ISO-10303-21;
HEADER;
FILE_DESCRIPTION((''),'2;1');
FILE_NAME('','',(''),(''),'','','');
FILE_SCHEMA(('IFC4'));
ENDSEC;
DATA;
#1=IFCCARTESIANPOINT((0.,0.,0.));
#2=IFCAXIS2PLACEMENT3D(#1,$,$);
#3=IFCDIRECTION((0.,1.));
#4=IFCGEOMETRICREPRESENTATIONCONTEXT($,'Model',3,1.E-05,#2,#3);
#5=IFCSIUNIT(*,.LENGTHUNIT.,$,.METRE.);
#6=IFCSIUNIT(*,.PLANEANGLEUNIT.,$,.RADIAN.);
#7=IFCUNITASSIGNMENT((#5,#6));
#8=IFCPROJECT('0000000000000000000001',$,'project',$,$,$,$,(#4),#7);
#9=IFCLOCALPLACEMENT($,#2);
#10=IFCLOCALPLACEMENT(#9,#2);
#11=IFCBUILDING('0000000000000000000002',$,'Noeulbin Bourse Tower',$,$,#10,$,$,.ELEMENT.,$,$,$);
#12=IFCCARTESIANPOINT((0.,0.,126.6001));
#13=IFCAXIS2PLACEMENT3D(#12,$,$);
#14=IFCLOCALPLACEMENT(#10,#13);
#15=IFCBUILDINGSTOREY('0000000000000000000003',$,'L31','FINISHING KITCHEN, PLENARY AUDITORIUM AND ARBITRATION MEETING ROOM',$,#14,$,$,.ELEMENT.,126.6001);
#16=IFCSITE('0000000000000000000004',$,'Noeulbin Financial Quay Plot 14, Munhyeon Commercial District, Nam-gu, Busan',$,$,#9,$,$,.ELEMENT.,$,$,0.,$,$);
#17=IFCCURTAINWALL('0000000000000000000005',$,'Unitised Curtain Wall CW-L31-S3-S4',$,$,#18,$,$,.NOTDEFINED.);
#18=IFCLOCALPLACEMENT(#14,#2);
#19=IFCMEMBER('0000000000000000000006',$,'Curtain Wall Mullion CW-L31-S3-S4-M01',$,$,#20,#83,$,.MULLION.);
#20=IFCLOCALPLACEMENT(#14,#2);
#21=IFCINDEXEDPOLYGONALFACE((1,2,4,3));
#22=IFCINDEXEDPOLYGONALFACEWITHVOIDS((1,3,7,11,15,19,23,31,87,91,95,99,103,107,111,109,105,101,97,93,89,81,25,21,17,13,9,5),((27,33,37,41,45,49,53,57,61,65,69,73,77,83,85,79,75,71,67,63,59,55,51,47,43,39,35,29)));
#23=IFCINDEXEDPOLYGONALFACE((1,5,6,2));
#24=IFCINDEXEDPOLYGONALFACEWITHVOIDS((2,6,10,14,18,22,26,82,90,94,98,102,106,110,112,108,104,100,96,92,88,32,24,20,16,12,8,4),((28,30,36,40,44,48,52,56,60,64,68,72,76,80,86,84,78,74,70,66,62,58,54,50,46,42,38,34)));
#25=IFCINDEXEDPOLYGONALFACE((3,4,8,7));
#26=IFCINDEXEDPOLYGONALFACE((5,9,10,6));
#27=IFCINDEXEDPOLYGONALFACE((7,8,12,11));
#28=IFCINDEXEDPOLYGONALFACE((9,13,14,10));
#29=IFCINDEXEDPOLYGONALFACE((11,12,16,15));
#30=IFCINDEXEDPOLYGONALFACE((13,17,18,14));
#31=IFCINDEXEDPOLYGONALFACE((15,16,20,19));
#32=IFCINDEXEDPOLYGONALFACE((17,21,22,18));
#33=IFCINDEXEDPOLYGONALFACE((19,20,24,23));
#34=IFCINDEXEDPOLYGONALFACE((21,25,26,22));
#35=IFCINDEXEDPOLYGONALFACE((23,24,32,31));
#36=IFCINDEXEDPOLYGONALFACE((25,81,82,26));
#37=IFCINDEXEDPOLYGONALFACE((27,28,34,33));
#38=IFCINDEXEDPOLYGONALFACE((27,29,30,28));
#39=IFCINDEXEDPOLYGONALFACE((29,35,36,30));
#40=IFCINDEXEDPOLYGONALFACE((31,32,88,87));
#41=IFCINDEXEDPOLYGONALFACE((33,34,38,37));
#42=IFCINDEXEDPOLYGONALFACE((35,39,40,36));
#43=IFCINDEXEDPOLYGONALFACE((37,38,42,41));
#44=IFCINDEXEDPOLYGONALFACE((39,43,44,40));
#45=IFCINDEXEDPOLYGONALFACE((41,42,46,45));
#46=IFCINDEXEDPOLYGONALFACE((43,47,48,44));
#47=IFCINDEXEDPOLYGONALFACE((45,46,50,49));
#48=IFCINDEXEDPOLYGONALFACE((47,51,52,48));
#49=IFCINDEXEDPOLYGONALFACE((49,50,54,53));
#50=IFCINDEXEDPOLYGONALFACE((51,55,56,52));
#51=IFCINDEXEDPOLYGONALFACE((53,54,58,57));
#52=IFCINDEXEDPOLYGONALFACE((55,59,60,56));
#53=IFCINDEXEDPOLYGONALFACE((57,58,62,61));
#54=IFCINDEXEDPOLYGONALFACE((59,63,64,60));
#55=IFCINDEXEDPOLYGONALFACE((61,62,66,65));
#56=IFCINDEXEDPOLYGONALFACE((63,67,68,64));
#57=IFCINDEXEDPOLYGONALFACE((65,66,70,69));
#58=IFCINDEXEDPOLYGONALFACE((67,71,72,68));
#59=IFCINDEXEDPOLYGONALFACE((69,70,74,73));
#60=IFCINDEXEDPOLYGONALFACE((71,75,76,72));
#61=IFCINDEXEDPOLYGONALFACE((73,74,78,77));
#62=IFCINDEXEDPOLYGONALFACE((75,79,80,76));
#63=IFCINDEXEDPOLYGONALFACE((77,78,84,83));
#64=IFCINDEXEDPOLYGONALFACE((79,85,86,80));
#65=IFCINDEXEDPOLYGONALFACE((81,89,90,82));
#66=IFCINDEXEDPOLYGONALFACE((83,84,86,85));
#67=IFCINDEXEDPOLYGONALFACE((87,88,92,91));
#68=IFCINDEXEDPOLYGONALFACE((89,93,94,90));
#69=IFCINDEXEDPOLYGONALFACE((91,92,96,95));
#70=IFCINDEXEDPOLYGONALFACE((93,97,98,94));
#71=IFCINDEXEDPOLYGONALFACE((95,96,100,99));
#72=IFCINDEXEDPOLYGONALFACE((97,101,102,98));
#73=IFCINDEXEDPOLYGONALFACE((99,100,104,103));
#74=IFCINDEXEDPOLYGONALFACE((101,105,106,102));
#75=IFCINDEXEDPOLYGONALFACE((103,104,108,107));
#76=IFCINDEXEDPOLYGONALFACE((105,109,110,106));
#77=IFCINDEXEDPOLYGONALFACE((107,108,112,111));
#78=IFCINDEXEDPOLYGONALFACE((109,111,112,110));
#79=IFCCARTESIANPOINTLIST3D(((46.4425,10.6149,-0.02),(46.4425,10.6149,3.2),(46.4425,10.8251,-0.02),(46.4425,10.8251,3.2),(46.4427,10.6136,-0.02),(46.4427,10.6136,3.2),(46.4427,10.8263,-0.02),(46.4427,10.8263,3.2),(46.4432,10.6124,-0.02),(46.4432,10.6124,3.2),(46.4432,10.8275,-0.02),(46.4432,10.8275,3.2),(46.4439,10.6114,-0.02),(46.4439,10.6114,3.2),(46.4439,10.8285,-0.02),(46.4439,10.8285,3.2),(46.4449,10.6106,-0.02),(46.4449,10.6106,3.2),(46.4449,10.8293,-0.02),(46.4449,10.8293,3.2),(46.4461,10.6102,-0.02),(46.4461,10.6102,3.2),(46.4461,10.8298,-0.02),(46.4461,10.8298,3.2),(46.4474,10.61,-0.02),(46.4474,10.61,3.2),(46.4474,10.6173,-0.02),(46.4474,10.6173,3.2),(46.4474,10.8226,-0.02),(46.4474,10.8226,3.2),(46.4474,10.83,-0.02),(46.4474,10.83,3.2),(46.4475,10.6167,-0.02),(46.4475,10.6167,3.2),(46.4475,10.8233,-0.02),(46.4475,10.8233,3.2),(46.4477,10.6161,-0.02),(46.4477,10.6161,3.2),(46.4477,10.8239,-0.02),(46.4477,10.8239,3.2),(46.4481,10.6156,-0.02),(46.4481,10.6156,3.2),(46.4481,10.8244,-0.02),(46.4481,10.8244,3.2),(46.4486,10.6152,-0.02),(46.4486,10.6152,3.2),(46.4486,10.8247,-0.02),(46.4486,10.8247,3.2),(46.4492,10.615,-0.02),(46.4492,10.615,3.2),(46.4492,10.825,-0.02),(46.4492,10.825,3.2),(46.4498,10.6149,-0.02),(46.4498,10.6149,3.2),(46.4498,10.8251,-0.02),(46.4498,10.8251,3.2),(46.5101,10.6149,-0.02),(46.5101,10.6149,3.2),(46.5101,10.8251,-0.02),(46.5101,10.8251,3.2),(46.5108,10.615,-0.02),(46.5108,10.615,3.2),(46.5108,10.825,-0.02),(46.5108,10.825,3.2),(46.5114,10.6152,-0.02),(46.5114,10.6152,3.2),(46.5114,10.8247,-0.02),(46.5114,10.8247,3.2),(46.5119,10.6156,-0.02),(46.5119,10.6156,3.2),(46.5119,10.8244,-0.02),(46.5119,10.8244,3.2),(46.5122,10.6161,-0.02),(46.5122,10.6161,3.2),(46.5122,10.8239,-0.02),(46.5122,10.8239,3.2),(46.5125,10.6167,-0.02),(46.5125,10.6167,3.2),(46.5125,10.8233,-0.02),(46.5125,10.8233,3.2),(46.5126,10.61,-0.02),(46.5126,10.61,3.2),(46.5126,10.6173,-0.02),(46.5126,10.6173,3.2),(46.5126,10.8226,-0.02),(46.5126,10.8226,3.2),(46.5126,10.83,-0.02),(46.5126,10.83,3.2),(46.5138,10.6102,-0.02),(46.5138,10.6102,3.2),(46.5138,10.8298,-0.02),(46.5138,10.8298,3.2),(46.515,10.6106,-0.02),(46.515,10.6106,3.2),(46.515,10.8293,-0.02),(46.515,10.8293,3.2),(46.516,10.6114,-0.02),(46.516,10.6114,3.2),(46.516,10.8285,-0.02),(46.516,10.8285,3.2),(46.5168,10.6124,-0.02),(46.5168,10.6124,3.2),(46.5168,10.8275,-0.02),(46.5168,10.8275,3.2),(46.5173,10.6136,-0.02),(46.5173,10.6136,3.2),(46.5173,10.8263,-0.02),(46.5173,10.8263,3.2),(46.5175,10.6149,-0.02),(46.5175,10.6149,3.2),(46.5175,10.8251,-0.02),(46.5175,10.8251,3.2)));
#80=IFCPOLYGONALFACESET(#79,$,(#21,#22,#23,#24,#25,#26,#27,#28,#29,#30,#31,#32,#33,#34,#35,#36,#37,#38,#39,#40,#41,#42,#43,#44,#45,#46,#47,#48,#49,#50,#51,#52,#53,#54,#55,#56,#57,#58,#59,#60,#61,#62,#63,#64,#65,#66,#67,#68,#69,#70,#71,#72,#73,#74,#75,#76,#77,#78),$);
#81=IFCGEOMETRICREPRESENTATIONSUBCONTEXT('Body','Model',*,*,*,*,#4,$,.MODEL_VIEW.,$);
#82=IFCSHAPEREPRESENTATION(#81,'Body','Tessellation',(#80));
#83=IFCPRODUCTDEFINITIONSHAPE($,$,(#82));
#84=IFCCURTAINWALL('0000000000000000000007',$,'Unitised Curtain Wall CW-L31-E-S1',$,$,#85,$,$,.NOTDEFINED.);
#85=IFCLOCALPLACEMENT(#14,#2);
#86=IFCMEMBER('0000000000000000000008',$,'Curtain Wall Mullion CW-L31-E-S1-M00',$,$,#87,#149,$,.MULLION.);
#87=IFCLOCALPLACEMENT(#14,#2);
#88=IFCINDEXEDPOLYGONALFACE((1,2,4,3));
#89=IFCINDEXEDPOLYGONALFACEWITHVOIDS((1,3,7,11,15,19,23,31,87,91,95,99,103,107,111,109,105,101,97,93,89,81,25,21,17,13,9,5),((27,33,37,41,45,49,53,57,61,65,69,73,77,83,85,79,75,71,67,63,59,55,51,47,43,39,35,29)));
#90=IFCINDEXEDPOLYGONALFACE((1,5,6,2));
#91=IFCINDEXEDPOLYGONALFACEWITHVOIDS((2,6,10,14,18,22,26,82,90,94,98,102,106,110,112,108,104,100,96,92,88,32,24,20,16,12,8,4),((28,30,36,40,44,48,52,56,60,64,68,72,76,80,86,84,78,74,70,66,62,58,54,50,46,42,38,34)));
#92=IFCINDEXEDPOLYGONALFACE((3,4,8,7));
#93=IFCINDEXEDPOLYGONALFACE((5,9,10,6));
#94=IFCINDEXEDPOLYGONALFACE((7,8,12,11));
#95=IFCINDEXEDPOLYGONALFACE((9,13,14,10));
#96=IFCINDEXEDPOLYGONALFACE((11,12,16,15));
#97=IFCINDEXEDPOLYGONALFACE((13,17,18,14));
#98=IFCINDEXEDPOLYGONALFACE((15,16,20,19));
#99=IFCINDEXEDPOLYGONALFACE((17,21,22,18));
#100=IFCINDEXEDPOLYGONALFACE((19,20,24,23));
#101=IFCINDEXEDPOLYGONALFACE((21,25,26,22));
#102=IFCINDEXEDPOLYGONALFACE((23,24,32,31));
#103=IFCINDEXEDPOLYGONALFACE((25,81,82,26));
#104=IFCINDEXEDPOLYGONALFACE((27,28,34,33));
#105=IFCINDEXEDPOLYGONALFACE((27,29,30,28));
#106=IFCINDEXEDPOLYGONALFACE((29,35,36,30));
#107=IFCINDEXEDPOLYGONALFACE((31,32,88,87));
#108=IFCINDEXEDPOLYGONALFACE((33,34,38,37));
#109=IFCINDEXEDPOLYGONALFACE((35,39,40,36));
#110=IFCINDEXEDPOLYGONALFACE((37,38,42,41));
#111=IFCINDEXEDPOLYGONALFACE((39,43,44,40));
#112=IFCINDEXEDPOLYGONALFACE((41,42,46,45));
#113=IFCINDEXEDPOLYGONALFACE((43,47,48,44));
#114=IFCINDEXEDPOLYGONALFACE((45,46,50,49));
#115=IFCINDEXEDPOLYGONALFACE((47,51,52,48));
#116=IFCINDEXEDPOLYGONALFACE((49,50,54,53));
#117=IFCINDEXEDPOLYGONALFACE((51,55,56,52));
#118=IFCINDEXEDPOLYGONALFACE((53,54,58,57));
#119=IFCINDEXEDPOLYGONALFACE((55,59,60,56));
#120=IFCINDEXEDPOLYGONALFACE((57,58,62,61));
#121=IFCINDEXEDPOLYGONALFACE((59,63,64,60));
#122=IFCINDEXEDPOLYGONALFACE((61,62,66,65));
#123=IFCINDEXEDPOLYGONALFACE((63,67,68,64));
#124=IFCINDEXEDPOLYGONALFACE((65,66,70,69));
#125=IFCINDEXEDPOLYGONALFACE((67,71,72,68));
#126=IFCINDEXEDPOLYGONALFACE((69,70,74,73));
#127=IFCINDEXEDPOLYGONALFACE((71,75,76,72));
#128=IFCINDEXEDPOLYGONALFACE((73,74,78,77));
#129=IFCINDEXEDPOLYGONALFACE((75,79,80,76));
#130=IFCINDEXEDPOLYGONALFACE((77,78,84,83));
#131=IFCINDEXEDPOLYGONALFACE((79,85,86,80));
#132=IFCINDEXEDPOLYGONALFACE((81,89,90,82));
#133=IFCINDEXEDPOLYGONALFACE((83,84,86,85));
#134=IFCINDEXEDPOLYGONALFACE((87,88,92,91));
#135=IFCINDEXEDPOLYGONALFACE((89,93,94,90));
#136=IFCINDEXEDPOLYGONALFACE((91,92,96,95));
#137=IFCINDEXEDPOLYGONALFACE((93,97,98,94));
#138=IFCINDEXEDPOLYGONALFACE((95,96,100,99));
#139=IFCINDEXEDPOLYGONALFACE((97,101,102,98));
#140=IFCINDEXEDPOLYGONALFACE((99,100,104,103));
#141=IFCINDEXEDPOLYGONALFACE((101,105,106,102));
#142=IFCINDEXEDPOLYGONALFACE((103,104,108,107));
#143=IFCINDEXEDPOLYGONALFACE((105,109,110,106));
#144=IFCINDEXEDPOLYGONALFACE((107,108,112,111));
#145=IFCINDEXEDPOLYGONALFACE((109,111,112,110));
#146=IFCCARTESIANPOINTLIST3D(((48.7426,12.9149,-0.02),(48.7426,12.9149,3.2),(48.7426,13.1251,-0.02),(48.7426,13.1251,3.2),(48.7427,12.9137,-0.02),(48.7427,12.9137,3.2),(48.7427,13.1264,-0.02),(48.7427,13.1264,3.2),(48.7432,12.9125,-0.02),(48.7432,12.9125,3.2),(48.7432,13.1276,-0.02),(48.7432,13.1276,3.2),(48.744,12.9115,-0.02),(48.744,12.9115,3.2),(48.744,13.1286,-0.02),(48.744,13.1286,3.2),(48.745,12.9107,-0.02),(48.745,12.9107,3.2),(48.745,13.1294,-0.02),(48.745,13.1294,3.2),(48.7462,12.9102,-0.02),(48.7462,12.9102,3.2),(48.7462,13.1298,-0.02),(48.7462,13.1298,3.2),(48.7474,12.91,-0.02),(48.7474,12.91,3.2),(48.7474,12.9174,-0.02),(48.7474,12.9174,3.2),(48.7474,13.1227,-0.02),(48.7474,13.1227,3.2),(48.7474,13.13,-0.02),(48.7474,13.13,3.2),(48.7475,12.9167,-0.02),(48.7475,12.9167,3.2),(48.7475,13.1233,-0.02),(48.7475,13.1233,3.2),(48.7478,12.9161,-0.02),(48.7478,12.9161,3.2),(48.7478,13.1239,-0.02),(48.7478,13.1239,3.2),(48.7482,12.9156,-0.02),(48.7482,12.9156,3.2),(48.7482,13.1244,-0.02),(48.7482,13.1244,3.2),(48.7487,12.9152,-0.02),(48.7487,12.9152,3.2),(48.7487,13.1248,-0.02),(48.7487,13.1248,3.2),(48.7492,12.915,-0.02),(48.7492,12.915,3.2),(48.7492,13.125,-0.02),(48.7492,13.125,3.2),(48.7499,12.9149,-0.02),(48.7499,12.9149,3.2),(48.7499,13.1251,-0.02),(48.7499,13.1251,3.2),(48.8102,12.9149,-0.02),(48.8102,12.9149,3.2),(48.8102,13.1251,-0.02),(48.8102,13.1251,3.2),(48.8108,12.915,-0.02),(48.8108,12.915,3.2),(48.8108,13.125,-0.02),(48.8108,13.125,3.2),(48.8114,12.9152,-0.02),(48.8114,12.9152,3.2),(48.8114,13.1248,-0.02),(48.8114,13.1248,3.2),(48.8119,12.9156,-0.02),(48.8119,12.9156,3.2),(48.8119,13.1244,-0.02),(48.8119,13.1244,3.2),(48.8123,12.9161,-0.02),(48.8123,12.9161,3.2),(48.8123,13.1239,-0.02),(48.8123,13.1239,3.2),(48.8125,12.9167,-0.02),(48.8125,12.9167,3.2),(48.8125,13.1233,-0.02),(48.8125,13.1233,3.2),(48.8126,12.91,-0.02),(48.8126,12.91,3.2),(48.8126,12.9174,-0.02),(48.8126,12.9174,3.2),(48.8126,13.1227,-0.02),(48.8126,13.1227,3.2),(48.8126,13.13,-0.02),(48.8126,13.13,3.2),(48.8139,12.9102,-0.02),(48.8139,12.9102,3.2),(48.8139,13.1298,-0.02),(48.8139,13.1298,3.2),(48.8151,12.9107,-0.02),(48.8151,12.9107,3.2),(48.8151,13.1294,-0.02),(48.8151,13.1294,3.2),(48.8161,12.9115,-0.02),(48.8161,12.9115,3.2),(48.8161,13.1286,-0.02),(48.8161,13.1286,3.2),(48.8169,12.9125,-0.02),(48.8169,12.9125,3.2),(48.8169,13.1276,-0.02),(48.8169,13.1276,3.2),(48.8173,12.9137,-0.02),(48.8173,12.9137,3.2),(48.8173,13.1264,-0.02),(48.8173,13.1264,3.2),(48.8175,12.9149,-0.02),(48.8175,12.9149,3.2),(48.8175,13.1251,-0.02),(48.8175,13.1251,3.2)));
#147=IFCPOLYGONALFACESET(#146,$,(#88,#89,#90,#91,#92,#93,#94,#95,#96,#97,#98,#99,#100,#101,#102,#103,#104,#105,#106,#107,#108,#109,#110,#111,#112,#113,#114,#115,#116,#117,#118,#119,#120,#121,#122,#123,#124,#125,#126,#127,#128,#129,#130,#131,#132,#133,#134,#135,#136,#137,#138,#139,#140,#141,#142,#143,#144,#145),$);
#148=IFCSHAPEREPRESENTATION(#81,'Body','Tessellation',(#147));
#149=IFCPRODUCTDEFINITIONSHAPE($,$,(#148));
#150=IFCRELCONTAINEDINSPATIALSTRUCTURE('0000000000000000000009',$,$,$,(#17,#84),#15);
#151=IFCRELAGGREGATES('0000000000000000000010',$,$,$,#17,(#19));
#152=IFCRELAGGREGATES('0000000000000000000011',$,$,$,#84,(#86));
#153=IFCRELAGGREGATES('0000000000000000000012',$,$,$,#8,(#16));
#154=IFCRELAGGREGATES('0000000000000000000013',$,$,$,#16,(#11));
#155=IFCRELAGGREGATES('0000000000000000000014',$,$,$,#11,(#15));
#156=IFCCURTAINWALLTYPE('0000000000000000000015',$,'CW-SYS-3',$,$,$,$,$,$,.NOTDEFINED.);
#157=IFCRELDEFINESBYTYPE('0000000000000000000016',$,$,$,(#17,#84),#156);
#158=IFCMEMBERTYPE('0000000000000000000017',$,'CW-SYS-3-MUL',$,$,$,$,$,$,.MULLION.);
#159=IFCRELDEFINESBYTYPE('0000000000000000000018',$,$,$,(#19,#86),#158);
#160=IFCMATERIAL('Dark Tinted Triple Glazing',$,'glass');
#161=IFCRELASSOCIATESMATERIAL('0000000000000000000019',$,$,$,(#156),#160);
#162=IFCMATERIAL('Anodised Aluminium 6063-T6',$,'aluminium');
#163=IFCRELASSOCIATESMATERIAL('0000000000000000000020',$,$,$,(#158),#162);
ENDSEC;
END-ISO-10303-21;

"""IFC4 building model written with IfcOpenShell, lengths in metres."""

from ifc_helpers import new_model, si_unit, direction, frame, origin, origin_2d, place, context, subcontext, project, spatial, hollow_rectangle, extrude, material, material_profile, profile_set, type_object, element, aggregate, save


model = new_model("IFC4")

# Units and contexts
model_context = context("Model", 3, precision=1e-05, world=origin(), true_north=direction((0.0, 1.0)))
body_context = subcontext(model_context, "Body", "Model", "MODEL_VIEW")
ifc_project = project(units=[si_unit("LENGTHUNIT", "METRE"), si_unit("PLANEANGLEUNIT", "RADIAN")], contexts=[model_context])

# Site, building, storey
site_placement = place(None, origin())
site = spatial("IfcSite", under=ifc_project, at=site_placement, Name="Noeulbin Financial Quay Plot 14, Munhyeon Commercial District, Nam-gu, Busan", CompositionType="ELEMENT", RefElevation=0.0)
building_placement = place(site_placement, origin())
building = spatial("IfcBuilding", under=site, at=building_placement, Name="Noeulbin Bourse Tower", CompositionType="ELEMENT")
storey_placement = place(building_placement, frame((0.0, 0.0, 126.6001)))
storey = spatial("IfcBuildingStorey", under=building, at=storey_placement, Name="L31", Description="FINISHING KITCHEN, PLENARY AUDITORIUM AND ARBITRATION MEETING ROOM", CompositionType="ELEMENT", Elevation=126.6001)

# Curtain walls, members
ifc_material_1 = material(Name="Dark Tinted Triple Glazing", Category="glass")
curtain_wall_type = type_object("IfcCurtainWallType", Name="CW-SYS-3", PredefinedType="NOTDEFINED", material=ifc_material_1)
curtain_wall_1_placement = place(storey_placement, origin())
curtain_wall_1 = element("IfcCurtainWall", 1, at=curtain_wall_1_placement, inside=storey, type_object=curtain_wall_type, Name="Unitised Curtain Wall CW-L31-S3-S4", PredefinedType="NOTDEFINED")
ifc_material_2 = material(Name="Anodised Aluminium 6063-T6", Category="aluminium")
ifc_material_profile_1 = material_profile(ifc_material_2, hollow_rectangle(XDim=0.075, YDim=0.22, WallThickness=0.0049, InnerFilletRadius=0.0024, OuterFilletRadius=0.0049, at=origin_2d()), Name="ALU-MULL-75x220x5", Category="LoadBearing")
ifc_profile_set_1 = profile_set([ifc_material_profile_1], Name="Anodised Aluminium 6063-T6")
member_type_1 = type_object("IfcMemberType", Name="CW-SYS-3-MUL", PredefinedType="MULLION", material=ifc_profile_set_1)
member_1_placement = place(storey_placement, frame((46.48, 10.72, -0.02), z_axis=(0.0, 0.0, 1.0), x_axis=(1.0, 0.0, 0.0)))
member_1 = element("IfcMember", 2, at=member_1_placement, type_object=member_type_1, Name="Curtain Wall Mullion CW-L31-S3-S4-M01", PredefinedType="MULLION", context=body_context, shape_type="SweptSolid", body=[
    extrude(hollow_rectangle(XDim=0.075, YDim=0.22, WallThickness=0.0049, InnerFilletRadius=0.0024, OuterFilletRadius=0.0049, at=origin_2d()), origin(), (0.0, 0.0, 1.0), 3.22),
])
curtain_wall_2_placement = place(storey_placement, origin())
curtain_wall_2 = element("IfcCurtainWall", 3, at=curtain_wall_2_placement, inside=storey, type_object=curtain_wall_type, Name="Unitised Curtain Wall CW-L31-E-S1", PredefinedType="NOTDEFINED")
member_2_placement = place(storey_placement, frame((48.78, 13.02, -0.02), z_axis=(0.0, 0.0, 1.0), x_axis=(1.0, 0.0, 0.0)))
member_2 = element("IfcMember", 4, at=member_2_placement, type_object=member_type_1, Name="Curtain Wall Mullion CW-L31-E-S1-M00", PredefinedType="MULLION", context=body_context, shape_type="SweptSolid", body=[
    extrude(hollow_rectangle(XDim=0.075, YDim=0.22, WallThickness=0.0049, InnerFilletRadius=0.0024, OuterFilletRadius=0.0049, at=origin_2d()), origin(), (0.0, 0.0, 1.0), 3.22),
])

aggregate(curtain_wall_1, [member_1])
aggregate(curtain_wall_2, [member_2])

save(model, "model.ifc")
